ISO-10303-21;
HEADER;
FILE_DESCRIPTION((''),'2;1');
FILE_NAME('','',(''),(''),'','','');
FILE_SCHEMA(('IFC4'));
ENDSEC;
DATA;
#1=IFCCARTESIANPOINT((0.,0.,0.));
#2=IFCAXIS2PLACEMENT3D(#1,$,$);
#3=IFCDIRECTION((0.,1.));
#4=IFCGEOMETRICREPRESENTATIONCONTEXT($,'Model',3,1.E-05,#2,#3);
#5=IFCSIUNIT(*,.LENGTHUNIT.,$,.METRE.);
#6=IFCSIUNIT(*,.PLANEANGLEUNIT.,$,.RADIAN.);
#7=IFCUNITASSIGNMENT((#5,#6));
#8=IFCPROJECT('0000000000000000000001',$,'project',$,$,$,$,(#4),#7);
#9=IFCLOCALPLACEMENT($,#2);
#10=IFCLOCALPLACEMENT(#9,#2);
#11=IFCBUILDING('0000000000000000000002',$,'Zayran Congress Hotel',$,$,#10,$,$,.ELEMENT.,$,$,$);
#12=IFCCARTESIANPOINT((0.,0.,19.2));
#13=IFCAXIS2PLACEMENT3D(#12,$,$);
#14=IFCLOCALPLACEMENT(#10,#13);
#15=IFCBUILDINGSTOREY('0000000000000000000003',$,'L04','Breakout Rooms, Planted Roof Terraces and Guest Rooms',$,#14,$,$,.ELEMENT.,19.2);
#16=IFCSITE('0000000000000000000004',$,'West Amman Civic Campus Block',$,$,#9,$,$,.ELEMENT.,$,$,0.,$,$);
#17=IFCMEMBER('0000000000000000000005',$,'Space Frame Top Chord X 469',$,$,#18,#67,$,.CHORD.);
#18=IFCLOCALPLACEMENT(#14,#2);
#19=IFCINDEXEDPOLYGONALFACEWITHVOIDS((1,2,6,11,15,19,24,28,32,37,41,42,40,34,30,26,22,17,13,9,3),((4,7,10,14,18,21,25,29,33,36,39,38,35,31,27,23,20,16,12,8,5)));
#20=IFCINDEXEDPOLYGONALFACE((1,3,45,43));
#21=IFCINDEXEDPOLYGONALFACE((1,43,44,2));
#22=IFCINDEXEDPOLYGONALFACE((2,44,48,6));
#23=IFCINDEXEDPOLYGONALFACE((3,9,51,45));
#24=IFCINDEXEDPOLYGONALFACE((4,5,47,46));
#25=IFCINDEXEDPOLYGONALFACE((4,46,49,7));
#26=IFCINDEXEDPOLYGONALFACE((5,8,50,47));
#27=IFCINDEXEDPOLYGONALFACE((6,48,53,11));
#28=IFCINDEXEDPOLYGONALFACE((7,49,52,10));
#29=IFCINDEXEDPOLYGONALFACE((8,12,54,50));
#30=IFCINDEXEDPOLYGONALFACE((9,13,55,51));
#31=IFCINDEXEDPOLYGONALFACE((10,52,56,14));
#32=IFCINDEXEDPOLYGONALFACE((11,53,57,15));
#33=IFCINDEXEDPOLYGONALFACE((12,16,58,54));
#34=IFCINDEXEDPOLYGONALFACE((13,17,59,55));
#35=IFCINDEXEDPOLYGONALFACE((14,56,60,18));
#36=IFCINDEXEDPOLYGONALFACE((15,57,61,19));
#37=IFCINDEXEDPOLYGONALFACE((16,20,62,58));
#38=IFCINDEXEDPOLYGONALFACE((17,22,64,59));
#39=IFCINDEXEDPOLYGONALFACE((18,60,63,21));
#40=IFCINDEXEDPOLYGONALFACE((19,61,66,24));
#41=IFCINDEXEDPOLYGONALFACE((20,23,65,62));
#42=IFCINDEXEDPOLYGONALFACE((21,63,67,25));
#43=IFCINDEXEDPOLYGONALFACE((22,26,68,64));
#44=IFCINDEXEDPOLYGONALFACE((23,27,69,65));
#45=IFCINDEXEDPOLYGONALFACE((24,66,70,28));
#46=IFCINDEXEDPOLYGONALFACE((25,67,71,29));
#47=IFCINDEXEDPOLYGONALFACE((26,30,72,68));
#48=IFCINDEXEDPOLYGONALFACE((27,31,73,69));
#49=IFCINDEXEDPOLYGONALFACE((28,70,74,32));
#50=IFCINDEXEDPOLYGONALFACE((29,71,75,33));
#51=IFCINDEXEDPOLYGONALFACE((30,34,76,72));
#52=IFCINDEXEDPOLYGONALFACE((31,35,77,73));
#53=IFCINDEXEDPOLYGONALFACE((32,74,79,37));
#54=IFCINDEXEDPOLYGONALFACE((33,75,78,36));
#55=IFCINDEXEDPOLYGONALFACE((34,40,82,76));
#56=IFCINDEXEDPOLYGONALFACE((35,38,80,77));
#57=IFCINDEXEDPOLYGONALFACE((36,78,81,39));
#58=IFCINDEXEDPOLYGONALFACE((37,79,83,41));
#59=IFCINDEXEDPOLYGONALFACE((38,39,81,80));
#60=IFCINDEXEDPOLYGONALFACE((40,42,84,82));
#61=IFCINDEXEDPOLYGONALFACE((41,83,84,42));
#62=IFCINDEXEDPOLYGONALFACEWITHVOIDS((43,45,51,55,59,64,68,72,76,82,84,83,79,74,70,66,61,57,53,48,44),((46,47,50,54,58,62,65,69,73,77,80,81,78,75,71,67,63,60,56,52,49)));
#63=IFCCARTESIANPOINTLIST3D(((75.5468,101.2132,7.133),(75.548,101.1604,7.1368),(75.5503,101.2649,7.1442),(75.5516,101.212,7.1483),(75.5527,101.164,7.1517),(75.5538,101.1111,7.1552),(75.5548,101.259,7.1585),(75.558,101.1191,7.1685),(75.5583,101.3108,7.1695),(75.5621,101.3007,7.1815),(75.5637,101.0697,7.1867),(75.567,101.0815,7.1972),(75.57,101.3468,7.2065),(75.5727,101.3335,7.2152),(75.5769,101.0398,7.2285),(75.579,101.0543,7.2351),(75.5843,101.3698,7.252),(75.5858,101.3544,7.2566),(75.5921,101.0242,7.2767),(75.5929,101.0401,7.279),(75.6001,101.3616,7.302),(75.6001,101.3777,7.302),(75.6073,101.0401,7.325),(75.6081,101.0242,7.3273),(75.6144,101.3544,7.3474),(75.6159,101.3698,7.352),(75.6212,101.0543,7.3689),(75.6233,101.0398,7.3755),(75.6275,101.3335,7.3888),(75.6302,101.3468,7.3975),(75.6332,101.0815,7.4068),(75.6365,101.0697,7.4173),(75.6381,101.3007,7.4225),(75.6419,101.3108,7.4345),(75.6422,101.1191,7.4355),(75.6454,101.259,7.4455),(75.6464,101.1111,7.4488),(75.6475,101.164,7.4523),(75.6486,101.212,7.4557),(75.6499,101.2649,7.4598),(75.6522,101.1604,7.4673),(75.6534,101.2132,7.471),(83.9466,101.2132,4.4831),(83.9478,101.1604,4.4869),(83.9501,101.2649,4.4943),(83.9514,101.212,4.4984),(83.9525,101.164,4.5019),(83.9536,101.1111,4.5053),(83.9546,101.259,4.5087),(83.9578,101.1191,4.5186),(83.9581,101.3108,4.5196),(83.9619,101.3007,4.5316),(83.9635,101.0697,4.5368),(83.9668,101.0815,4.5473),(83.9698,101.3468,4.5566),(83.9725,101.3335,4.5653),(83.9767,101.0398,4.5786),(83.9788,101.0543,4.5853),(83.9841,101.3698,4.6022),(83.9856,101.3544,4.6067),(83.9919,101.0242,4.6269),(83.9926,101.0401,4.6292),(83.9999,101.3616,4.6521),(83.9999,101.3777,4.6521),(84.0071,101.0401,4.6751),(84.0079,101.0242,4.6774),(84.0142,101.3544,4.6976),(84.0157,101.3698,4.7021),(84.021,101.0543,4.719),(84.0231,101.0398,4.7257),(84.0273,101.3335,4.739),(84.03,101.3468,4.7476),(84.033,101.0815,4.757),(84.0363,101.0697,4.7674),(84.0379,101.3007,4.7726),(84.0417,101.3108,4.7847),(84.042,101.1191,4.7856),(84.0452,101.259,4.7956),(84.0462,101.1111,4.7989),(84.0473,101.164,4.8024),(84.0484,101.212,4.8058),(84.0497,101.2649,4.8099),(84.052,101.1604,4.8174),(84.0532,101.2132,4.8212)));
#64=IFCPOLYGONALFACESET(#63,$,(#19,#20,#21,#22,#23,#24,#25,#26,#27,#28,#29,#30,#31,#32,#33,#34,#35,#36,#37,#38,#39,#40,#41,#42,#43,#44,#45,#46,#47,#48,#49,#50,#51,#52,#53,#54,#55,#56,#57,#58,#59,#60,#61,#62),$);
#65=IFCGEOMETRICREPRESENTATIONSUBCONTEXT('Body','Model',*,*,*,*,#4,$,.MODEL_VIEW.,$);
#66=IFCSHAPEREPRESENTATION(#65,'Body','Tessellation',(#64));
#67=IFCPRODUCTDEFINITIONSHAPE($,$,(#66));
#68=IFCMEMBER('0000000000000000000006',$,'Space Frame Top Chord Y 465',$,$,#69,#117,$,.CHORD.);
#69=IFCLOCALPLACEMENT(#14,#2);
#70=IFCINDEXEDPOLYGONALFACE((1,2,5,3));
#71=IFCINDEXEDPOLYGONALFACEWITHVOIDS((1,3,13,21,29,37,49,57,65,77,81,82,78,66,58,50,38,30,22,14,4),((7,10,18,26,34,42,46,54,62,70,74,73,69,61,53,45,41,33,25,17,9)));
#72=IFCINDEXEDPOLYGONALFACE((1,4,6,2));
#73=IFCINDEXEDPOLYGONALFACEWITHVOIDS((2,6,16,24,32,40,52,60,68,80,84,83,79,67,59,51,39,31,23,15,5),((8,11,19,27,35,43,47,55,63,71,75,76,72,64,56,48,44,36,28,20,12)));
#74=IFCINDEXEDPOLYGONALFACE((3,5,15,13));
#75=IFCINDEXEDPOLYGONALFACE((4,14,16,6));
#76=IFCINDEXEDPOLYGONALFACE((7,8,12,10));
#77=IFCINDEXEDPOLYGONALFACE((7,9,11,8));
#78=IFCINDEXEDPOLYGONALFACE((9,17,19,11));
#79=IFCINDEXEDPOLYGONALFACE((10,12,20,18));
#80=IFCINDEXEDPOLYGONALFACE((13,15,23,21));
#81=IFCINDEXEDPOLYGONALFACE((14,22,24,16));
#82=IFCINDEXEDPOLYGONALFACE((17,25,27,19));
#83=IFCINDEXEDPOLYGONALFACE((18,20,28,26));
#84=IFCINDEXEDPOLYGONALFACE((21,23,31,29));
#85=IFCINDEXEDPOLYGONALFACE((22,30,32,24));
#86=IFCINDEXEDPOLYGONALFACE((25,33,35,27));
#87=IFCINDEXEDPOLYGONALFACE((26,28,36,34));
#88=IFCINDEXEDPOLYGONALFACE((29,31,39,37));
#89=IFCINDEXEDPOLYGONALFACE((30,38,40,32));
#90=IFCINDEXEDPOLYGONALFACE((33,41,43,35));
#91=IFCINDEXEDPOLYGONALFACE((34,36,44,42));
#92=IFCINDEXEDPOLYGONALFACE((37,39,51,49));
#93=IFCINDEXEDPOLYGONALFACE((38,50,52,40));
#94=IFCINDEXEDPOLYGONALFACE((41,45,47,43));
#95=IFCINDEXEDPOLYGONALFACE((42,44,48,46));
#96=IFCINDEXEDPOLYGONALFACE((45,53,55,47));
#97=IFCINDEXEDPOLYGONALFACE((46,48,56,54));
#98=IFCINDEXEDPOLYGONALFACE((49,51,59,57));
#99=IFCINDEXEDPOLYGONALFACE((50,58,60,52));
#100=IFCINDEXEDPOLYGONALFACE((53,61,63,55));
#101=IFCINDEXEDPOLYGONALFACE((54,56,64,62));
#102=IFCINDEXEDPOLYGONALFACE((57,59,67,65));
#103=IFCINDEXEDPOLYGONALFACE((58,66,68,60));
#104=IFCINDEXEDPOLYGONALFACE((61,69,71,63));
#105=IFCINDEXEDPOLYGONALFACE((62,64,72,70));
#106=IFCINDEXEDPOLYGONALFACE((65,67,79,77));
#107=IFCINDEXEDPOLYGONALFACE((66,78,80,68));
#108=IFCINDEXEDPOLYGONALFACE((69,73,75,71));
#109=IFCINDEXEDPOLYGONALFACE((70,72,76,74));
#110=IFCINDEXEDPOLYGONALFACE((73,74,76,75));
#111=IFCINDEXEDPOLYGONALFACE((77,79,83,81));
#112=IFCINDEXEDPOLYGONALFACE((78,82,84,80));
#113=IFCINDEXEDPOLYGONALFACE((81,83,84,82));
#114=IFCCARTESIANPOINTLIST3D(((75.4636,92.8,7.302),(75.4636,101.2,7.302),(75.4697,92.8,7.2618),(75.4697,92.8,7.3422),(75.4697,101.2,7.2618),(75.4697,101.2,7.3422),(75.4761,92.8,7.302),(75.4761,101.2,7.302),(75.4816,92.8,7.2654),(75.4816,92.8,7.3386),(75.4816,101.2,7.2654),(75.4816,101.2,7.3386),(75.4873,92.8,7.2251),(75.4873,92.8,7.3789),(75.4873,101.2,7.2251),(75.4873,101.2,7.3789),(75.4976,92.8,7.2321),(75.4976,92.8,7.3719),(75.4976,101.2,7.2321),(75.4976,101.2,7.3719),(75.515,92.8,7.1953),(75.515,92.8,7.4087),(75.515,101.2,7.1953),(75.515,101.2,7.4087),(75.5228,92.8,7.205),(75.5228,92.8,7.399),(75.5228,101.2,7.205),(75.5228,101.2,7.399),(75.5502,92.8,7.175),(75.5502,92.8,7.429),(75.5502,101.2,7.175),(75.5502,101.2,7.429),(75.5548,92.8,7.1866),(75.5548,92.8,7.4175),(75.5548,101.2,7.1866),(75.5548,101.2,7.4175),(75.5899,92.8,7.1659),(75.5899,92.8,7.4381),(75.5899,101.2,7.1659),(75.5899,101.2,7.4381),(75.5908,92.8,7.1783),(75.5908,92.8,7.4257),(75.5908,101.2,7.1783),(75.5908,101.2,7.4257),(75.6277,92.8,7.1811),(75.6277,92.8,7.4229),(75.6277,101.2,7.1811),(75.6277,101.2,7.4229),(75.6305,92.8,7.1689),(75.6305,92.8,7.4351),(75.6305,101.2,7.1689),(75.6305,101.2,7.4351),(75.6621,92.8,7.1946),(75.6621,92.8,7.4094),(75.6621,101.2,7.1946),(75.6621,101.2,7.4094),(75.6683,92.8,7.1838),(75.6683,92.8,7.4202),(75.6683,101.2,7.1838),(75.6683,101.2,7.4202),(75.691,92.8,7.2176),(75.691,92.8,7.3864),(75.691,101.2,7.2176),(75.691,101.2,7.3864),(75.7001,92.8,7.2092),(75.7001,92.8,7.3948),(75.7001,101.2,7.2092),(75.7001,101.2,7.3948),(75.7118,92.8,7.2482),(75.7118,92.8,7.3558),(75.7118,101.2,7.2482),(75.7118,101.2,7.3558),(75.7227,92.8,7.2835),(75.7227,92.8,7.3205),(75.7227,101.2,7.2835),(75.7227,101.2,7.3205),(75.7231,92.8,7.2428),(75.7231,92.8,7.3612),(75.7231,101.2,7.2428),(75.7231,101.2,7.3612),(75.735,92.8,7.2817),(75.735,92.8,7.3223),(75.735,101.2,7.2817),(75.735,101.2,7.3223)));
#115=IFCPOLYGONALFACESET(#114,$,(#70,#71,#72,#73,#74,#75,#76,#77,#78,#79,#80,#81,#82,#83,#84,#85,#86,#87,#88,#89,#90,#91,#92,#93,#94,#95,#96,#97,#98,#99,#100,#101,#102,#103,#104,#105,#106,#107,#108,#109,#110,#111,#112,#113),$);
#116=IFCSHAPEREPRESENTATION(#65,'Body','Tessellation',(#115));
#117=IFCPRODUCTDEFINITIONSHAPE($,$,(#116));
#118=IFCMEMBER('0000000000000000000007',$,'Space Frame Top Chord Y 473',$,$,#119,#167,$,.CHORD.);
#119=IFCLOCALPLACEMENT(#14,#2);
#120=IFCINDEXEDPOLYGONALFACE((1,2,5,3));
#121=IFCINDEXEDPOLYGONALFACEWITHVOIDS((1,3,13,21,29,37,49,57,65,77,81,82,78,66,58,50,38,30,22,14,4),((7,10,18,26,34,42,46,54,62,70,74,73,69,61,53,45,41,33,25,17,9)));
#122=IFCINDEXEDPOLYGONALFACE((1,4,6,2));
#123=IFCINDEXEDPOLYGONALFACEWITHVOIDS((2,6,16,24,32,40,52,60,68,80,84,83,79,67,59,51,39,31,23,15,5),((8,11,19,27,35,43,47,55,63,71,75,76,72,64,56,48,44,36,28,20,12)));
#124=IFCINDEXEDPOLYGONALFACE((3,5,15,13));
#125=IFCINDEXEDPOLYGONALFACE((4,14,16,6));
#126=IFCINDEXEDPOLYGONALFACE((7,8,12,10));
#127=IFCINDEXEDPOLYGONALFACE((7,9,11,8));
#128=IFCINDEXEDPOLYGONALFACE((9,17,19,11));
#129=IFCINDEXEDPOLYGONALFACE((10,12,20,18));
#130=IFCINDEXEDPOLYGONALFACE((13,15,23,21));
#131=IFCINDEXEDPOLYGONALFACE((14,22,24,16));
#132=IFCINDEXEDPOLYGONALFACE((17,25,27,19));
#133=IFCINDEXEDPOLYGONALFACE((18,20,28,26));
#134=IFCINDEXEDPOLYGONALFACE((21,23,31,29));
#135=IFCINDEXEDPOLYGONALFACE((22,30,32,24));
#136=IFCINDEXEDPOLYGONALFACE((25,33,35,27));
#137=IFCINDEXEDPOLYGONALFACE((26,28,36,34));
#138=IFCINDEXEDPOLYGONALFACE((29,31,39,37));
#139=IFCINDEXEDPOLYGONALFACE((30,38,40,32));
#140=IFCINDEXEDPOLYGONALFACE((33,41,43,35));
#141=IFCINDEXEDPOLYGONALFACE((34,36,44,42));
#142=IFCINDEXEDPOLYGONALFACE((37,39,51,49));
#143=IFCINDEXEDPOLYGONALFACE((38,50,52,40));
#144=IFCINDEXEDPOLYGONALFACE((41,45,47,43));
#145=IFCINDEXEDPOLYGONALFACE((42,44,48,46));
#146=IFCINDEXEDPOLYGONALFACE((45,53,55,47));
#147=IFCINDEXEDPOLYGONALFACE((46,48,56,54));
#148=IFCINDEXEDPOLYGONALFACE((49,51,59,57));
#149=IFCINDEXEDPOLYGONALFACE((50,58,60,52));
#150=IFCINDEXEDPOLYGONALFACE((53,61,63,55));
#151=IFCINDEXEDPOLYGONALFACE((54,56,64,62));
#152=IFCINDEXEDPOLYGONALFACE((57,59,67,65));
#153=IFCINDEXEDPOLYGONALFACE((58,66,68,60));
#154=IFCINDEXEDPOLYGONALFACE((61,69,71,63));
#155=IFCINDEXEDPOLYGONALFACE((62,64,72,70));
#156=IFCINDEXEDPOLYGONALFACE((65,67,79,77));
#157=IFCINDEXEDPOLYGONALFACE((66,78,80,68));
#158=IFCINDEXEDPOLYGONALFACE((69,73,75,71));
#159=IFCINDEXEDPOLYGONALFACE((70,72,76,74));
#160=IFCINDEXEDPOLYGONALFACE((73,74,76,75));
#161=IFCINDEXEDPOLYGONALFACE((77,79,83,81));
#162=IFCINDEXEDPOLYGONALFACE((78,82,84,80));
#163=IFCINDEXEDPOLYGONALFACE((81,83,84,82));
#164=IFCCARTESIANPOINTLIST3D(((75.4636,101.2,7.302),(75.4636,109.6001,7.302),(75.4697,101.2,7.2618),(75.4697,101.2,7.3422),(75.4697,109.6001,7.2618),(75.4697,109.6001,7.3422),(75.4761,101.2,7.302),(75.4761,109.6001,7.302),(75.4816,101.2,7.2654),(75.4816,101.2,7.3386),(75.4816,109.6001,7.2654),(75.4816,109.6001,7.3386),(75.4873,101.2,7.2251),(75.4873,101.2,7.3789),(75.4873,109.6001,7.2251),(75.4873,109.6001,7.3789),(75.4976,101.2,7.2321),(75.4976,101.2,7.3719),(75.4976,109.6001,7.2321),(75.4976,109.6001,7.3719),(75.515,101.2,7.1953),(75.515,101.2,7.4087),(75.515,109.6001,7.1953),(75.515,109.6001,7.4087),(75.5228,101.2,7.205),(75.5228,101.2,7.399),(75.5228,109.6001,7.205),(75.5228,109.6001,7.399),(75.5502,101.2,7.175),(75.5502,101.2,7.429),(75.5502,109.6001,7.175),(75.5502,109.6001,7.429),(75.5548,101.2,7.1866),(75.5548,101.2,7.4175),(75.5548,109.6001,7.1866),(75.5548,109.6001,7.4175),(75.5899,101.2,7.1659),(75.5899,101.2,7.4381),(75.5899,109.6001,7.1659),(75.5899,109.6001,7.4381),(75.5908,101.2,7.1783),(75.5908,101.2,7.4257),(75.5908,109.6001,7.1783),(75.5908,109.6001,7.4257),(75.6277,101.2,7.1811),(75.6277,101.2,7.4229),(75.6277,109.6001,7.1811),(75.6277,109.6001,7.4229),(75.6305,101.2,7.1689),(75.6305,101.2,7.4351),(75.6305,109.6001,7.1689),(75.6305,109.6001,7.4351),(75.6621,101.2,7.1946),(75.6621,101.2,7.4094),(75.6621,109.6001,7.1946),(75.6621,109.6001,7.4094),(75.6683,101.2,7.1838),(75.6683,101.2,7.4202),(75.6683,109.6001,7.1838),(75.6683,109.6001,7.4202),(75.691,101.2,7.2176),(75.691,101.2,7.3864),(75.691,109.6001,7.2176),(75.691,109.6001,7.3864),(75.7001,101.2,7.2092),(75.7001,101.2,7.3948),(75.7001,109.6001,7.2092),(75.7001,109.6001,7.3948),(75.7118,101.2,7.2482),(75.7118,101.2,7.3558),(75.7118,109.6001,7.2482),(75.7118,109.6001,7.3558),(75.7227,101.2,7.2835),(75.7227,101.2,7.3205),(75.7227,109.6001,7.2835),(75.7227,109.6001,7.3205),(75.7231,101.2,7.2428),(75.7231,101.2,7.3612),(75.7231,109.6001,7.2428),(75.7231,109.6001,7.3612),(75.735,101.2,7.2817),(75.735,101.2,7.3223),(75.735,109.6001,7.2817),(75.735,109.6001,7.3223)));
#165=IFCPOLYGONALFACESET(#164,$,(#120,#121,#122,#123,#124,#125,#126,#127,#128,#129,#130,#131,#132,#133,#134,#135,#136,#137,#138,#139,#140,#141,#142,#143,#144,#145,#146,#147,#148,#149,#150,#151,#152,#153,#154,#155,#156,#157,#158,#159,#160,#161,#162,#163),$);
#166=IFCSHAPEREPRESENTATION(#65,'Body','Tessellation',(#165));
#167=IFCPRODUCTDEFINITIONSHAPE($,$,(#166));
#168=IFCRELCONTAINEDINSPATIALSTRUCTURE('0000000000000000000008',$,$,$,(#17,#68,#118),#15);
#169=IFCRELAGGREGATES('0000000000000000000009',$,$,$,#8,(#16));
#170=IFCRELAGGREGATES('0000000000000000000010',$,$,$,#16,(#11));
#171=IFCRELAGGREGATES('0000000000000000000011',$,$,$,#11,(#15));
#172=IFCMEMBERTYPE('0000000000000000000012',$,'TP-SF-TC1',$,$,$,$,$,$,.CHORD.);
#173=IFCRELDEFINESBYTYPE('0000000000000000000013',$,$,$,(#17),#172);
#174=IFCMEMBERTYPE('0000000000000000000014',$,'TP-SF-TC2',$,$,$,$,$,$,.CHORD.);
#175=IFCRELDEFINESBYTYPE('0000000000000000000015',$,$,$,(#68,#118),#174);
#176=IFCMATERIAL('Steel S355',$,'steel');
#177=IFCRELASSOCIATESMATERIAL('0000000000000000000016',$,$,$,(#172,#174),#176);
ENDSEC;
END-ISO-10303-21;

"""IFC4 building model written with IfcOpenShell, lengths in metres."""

from ifc_helpers import new_model, si_unit, direction, frame, origin, origin_2d, place, context, subcontext, project, spatial, hollow_circle, extrude, material, material_profile, profile_set, type_object, element, save


model = new_model("IFC4")

# Units and contexts
model_context = context("Model", 3, precision=1e-05, world=origin(), true_north=direction((0.0, 1.0)))
body_context = subcontext(model_context, "Body", "Model", "MODEL_VIEW")
ifc_project = project(units=[si_unit("LENGTHUNIT", "METRE"), si_unit("PLANEANGLEUNIT", "RADIAN")], contexts=[model_context])

# Site, building, storey
site_placement = place(None, origin())
site = spatial("IfcSite", under=ifc_project, at=site_placement, Name="West Amman Civic Campus Block", CompositionType="ELEMENT", RefElevation=0.0)
building_placement = place(site_placement, origin())
building = spatial("IfcBuilding", under=site, at=building_placement, Name="Zayran Congress Hotel", CompositionType="ELEMENT")
storey_placement = place(building_placement, frame((0.0, 0.0, 19.2)))
storey = spatial("IfcBuildingStorey", under=building, at=storey_placement, Name="L04", Description="Breakout Rooms, Planted Roof Terraces and Guest Rooms", CompositionType="ELEMENT", Elevation=19.2)

# Members
ifc_material_1 = material(Name="Steel S355", Category="steel")
ifc_material_profile_1 = material_profile(ifc_material_1, hollow_circle(Radius=0.1777, WallThickness=0.0161, at=origin_2d()), Name="CHS 355.6x16")
ifc_profile_set_1 = profile_set([ifc_material_profile_1], Name="Steel S355")
member_type_1 = type_object("IfcMemberType", Name="TP-SF-TC1", PredefinedType="CHORD", material=ifc_profile_set_1)
member_1_placement = place(storey_placement, frame((75.6001, 101.2, 7.302), z_axis=(0.953671, 0.0, -0.300853), x_axis=(0.0, 1.0, 0.0)))
element("IfcMember", 1, at=member_1_placement, inside=storey, type_object=member_type_1, Name="Space Frame Top Chord X 469", PredefinedType="CHORD", context=body_context, shape_type="SweptSolid", body=[
    extrude(hollow_circle(Radius=0.1777, WallThickness=0.0161, at=origin_2d()), origin(), (0.0, 0.0, 1.0), 8.8079),
])
ifc_material_profile_2 = material_profile(ifc_material_1, hollow_circle(Radius=0.1365, WallThickness=0.0125, at=origin_2d()), Name="CHS 273x12.5")
ifc_profile_set_2 = profile_set([ifc_material_profile_2], Name="Steel S355")
member_type_2 = type_object("IfcMemberType", Name="TP-SF-TC2", PredefinedType="CHORD", material=ifc_profile_set_2)
member_2_placement = place(storey_placement, frame((75.6001, 92.8, 7.302), z_axis=(0.0, 1.0, 0.0), x_axis=(-1.0, 0.0, 0.0)))
element("IfcMember", 2, at=member_2_placement, inside=storey, type_object=member_type_2, Name="Space Frame Top Chord Y 465", PredefinedType="CHORD", context=body_context, shape_type="SweptSolid", body=[
    extrude(hollow_circle(Radius=0.1365, WallThickness=0.0125, at=origin_2d()), origin(), (0.0, 0.0, 1.0), 8.3999),
])
member_3_placement = place(storey_placement, frame((75.6001, 101.2, 7.302), z_axis=(0.0, 1.0, 0.0), x_axis=(-1.0, 0.0, 0.0)))
element("IfcMember", 3, at=member_3_placement, inside=storey, type_object=member_type_2, Name="Space Frame Top Chord Y 473", PredefinedType="CHORD", context=body_context, shape_type="SweptSolid", body=[
    extrude(hollow_circle(Radius=0.1365, WallThickness=0.0125, at=origin_2d()), origin(), (0.0, 0.0, 1.0), 8.4001),
])

save(model, "model.ifc")
